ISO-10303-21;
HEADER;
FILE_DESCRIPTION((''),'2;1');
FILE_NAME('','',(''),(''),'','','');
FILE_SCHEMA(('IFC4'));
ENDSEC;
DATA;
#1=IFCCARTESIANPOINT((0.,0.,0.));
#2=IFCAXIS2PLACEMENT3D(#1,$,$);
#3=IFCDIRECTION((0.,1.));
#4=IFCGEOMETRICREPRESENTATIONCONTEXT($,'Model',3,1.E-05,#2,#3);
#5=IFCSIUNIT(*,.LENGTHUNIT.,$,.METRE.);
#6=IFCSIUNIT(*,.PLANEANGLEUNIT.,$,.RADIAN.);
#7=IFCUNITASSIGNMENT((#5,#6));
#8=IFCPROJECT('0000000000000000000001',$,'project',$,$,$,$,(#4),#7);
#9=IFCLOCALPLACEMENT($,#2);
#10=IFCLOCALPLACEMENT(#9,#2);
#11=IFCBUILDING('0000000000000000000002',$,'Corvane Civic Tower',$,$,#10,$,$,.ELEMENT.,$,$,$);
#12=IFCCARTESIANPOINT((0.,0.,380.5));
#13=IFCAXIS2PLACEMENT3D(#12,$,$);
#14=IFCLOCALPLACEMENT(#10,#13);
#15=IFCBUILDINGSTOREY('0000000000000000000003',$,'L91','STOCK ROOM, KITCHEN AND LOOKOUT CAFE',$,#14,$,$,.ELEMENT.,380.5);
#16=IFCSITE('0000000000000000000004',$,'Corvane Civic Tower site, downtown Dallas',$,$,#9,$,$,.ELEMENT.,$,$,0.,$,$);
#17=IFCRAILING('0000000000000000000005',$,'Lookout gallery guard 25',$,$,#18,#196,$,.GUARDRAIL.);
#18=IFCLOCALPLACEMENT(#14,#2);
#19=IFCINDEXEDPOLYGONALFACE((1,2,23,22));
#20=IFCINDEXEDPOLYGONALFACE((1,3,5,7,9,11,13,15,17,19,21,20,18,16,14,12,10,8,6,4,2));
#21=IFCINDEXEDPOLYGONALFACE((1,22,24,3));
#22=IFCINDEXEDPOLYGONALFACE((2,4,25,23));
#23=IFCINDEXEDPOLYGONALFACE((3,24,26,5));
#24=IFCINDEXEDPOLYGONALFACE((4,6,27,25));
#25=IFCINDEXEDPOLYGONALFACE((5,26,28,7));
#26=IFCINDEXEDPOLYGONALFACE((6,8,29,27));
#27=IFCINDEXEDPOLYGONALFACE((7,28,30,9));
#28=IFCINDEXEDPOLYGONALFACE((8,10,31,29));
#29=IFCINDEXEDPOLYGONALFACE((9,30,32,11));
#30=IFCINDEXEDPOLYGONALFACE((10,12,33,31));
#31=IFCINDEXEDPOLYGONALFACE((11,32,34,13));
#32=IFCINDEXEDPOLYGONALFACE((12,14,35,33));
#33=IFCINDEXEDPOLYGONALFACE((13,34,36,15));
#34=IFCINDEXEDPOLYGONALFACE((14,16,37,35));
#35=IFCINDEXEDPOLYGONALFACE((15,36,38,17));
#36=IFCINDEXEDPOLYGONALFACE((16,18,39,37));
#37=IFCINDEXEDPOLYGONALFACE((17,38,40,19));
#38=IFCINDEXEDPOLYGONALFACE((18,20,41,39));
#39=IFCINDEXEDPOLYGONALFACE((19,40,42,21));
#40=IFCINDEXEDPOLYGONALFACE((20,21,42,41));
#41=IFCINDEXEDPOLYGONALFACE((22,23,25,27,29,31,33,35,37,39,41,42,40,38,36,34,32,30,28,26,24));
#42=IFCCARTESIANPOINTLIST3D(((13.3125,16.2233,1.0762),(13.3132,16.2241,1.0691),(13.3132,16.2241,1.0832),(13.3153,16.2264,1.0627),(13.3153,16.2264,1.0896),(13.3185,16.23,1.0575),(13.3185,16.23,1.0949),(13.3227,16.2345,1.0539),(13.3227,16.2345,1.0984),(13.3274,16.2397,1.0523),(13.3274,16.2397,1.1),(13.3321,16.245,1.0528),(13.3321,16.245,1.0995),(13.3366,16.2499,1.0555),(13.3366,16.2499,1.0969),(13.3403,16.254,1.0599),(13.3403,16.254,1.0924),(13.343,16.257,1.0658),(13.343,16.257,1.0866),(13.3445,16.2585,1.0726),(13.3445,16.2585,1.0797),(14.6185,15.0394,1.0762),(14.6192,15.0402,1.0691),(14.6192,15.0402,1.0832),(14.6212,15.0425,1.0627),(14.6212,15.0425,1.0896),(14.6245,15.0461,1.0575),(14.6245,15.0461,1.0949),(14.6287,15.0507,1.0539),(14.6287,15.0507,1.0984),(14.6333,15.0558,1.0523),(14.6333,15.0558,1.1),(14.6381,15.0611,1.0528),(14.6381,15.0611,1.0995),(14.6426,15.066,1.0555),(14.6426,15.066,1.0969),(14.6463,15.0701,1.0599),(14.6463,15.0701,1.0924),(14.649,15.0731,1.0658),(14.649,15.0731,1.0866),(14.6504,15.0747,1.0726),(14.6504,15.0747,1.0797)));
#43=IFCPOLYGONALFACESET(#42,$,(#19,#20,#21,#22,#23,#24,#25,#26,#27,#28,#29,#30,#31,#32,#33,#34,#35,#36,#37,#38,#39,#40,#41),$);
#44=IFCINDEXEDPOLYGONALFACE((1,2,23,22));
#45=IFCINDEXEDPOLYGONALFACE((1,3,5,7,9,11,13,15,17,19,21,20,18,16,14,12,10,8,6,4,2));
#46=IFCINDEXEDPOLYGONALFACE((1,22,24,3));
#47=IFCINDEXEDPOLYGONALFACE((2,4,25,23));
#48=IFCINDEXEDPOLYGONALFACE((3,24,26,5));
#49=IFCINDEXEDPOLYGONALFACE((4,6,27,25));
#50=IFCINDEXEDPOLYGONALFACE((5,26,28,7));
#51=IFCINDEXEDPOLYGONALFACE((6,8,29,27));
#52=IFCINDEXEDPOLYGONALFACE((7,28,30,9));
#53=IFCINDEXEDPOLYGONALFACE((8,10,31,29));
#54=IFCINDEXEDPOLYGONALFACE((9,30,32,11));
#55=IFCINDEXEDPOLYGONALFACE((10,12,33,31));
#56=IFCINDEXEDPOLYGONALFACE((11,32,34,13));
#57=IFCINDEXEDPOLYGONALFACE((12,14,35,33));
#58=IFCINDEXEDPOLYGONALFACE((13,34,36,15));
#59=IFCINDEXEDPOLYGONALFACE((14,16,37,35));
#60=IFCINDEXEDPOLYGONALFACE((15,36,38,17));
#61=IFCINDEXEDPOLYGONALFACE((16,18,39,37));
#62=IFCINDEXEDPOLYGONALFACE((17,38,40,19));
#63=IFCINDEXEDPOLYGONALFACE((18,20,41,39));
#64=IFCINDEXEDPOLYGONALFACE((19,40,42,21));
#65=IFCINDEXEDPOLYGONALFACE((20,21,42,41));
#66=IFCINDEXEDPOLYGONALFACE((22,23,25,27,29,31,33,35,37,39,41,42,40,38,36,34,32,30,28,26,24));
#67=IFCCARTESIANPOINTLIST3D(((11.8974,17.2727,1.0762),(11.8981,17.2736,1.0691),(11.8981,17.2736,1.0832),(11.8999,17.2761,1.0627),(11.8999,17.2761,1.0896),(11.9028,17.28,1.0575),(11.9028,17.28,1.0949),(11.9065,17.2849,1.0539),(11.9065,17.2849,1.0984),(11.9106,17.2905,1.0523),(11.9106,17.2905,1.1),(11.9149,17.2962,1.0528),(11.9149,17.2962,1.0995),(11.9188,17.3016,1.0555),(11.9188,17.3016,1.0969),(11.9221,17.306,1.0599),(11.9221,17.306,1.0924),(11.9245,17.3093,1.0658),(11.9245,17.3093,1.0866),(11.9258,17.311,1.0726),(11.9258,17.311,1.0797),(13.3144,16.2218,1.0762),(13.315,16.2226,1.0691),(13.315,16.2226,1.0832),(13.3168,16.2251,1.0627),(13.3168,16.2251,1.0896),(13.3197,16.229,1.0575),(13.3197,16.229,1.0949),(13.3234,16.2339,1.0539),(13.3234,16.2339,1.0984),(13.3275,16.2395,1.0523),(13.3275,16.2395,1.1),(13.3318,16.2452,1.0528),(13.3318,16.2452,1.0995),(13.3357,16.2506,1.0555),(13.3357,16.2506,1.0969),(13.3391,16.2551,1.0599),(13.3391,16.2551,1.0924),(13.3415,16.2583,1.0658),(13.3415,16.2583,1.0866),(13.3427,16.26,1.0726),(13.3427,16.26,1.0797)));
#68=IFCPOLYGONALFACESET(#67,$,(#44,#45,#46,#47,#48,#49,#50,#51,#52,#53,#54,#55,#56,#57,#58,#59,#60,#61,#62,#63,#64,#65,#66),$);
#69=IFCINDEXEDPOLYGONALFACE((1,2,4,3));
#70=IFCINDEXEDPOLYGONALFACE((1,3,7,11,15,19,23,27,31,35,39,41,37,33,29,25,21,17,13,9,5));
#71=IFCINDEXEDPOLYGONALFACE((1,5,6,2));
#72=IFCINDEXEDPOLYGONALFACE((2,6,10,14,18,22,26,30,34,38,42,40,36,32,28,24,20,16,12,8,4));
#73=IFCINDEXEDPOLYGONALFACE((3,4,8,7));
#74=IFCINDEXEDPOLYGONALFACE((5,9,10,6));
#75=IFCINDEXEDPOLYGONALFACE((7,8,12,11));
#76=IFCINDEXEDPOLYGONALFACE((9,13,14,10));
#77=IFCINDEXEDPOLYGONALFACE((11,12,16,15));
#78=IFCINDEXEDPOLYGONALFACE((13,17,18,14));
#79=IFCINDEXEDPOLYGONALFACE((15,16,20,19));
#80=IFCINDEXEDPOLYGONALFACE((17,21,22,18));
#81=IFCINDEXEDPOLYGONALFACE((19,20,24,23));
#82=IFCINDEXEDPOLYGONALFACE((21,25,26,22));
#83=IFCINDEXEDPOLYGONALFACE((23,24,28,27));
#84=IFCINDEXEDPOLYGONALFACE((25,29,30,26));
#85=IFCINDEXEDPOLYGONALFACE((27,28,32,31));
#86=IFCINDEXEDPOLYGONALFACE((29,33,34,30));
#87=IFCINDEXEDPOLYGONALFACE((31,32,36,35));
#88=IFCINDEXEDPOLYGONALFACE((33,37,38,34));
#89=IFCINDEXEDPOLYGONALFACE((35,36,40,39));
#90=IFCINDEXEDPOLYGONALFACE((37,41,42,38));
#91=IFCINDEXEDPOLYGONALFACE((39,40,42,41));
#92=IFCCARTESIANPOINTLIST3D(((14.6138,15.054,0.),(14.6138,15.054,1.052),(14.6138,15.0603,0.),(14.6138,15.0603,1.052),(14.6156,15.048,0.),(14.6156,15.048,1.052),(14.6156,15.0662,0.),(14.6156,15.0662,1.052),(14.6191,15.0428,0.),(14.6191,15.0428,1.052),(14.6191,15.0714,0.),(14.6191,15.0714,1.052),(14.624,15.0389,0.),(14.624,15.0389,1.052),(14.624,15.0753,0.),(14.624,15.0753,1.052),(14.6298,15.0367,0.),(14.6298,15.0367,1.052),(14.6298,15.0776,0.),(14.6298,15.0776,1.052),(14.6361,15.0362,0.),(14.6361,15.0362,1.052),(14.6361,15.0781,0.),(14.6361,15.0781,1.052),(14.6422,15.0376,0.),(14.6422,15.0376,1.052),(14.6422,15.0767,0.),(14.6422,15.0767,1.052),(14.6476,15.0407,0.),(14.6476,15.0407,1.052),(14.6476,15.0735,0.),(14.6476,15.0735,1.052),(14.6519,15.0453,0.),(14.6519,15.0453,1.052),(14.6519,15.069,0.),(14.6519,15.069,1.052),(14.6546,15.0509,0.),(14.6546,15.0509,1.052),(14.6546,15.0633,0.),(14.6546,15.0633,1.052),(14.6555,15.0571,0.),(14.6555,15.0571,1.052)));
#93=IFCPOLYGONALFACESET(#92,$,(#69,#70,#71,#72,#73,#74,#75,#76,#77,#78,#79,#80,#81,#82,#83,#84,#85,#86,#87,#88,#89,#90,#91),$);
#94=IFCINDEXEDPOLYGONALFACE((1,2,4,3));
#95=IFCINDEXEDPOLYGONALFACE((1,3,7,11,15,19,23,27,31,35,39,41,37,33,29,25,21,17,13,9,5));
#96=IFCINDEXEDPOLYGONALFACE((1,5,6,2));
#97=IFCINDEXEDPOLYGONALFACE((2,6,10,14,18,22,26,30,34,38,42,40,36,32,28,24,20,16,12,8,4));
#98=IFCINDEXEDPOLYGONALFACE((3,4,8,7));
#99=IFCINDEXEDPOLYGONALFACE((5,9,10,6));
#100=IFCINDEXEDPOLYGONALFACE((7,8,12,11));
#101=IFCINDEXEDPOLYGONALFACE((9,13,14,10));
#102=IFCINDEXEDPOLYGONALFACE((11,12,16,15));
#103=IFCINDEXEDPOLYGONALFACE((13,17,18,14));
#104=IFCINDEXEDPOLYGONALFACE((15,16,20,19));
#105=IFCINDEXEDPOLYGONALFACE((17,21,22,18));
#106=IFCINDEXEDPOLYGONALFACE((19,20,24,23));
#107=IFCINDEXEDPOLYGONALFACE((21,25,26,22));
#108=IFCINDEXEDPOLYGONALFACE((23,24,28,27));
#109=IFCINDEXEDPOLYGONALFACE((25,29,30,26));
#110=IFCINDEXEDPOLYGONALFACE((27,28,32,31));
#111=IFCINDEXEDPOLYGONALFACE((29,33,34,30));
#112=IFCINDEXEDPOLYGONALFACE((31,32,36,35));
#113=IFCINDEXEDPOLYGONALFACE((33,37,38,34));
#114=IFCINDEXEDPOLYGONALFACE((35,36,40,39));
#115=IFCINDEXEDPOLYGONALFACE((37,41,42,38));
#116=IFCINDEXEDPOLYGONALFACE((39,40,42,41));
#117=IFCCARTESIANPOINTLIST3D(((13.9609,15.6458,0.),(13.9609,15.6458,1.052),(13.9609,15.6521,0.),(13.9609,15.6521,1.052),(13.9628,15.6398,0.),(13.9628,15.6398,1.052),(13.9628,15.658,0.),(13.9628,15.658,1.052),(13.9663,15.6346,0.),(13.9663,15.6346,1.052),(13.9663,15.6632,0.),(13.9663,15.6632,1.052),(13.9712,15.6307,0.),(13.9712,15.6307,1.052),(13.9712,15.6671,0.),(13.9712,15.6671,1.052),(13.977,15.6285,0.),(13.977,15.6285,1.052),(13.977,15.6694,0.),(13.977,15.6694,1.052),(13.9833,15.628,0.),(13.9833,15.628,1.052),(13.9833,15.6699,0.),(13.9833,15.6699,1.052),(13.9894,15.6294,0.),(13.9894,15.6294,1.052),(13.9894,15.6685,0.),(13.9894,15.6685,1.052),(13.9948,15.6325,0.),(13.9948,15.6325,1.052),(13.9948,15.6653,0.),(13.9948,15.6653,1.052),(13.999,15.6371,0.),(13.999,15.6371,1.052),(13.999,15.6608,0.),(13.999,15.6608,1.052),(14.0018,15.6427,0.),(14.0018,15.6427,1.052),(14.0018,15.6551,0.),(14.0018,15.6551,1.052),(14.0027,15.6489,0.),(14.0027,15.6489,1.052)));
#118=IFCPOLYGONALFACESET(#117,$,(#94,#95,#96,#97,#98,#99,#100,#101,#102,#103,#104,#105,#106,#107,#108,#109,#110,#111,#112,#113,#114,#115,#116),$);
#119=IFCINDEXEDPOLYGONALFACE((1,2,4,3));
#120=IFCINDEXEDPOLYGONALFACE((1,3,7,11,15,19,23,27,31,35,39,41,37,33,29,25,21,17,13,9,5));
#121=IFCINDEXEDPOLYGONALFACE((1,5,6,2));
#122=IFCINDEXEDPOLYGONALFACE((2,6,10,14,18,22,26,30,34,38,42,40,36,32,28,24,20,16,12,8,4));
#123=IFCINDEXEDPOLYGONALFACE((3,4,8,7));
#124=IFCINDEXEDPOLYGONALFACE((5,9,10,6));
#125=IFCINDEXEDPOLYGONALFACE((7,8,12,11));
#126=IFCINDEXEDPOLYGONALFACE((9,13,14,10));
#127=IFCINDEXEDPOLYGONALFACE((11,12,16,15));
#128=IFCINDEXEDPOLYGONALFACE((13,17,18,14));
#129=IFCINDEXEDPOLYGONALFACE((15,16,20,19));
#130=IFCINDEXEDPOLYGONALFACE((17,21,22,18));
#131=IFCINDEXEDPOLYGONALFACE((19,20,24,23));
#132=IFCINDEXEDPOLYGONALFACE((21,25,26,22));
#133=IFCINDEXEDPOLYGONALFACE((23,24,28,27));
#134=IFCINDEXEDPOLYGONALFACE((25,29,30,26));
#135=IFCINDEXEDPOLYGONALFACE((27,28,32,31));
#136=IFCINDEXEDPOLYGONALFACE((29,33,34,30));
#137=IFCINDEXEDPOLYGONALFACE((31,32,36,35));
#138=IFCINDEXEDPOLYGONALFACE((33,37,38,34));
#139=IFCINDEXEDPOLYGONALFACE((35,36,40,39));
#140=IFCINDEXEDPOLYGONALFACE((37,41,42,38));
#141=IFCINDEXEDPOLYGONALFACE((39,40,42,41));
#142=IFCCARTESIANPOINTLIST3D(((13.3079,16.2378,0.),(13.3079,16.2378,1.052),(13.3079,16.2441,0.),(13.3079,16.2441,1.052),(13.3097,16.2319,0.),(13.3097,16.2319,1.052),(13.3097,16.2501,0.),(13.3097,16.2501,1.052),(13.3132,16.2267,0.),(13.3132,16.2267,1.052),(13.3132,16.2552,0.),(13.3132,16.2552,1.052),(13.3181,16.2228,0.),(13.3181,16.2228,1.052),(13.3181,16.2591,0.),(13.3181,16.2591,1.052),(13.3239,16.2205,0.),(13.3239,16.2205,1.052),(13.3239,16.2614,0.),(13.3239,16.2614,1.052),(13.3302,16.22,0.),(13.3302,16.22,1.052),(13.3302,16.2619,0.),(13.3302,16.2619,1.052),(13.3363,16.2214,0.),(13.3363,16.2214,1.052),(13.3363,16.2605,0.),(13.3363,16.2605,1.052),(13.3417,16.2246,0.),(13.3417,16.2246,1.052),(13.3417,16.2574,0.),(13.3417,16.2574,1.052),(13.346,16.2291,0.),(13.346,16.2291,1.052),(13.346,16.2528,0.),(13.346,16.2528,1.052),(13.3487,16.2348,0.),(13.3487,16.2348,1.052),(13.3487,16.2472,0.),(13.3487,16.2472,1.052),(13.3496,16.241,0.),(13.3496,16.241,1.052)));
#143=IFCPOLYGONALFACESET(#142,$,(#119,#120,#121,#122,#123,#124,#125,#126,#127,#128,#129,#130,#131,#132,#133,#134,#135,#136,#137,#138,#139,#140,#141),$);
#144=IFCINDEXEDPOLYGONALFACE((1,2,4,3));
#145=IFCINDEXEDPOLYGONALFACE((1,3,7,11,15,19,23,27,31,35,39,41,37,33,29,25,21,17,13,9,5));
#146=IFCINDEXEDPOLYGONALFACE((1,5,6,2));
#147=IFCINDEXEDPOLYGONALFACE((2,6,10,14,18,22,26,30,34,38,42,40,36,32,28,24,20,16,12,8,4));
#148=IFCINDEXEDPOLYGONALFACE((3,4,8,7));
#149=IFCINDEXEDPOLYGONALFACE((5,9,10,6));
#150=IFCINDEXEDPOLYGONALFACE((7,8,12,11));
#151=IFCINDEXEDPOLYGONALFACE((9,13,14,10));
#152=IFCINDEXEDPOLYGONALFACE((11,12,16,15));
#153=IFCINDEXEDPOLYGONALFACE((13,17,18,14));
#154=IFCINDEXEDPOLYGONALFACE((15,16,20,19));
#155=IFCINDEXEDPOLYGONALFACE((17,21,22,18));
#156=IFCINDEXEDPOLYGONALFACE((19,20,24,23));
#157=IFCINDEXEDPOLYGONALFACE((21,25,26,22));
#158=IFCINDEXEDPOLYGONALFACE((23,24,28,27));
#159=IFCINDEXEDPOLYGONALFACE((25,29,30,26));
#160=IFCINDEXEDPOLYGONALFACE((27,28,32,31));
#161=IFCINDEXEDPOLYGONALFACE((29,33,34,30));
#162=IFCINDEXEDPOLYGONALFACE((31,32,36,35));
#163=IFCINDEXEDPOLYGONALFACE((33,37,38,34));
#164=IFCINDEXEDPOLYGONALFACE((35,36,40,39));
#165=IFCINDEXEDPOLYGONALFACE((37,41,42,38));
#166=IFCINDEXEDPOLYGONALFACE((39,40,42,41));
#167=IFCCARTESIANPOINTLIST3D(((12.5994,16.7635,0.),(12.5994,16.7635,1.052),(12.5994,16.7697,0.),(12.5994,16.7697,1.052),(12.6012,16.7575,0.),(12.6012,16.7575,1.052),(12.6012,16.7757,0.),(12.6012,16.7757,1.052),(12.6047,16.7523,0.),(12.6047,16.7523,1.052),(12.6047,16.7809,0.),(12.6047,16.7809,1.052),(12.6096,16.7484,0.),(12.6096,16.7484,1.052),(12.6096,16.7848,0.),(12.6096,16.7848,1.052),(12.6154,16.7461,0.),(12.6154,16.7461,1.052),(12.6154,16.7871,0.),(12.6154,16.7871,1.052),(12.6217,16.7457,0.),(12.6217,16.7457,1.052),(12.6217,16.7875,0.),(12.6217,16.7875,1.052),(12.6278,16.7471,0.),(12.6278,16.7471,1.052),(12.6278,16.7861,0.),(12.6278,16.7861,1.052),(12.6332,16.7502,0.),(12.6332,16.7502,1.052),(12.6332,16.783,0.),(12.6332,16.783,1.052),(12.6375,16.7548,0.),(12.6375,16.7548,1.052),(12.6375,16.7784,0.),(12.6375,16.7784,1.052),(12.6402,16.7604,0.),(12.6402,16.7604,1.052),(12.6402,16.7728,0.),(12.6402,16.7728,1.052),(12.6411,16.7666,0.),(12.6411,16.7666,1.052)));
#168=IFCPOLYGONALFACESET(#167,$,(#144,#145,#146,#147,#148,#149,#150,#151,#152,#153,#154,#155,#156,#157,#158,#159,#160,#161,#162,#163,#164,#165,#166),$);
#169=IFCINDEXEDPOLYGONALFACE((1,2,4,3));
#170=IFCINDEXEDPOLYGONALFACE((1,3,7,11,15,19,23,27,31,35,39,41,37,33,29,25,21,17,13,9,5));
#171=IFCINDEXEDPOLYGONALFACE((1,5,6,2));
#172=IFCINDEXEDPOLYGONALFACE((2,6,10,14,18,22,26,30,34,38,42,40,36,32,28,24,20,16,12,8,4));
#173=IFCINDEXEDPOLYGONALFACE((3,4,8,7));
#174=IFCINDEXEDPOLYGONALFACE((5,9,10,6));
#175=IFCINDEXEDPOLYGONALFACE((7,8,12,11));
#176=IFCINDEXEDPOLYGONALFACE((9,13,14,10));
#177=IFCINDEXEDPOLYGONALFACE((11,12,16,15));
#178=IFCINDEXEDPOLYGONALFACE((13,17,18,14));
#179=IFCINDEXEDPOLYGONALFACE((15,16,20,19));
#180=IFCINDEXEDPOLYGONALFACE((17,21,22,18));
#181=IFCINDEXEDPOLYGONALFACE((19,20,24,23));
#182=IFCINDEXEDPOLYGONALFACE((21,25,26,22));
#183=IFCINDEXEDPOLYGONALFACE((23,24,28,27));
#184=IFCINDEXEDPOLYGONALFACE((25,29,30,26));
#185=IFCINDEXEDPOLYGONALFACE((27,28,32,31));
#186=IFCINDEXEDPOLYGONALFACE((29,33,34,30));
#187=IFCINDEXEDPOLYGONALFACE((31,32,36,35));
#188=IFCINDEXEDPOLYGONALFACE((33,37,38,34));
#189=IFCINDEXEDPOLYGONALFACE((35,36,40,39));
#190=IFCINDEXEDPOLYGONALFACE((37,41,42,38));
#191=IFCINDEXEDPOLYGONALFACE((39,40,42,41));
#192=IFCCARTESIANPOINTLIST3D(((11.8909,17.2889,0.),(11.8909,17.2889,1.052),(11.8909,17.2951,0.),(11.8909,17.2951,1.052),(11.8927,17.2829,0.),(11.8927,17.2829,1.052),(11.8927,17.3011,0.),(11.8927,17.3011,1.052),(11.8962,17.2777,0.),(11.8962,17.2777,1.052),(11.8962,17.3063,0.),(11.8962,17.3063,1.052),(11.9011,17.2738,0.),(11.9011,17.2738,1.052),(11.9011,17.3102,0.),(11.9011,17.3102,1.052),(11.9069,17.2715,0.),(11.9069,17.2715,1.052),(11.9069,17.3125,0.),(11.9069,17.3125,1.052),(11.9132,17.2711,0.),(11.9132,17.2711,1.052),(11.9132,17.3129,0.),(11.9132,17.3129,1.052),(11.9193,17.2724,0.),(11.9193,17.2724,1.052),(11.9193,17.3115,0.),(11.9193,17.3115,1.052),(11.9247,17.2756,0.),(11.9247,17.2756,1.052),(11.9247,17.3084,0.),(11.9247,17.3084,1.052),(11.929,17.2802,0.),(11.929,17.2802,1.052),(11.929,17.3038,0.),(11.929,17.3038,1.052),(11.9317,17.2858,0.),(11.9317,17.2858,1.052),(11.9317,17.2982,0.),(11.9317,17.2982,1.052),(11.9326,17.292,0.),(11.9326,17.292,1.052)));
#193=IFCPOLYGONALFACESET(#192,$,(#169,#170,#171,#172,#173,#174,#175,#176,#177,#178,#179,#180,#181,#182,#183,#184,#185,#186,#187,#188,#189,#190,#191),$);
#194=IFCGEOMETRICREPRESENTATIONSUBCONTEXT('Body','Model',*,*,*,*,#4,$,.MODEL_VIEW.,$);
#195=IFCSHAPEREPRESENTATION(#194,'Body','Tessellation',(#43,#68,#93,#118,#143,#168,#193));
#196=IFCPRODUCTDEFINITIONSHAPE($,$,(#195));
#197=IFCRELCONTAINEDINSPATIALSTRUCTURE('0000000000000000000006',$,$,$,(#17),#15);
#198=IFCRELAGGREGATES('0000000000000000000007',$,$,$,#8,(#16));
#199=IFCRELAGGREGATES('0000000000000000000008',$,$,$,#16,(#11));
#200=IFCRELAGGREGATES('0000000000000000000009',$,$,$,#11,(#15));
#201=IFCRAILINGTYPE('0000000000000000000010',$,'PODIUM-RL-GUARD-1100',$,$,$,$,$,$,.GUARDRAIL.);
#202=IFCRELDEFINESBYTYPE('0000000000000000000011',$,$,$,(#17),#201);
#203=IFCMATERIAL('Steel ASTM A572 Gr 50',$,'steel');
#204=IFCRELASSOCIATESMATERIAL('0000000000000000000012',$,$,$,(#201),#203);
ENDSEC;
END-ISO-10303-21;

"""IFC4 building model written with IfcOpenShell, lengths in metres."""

from ifc_helpers import new_model, si_unit, direction, frame, origin, origin_2d, place, context, subcontext, project, spatial, circle, extrude, material, type_object, element, save


model = new_model("IFC4")

# Units and contexts
model_context = context("Model", 3, precision=1e-05, world=origin(), true_north=direction((0.0, 1.0)))
body_context = subcontext(model_context, "Body", "Model", "MODEL_VIEW")
ifc_project = project(units=[si_unit("LENGTHUNIT", "METRE"), si_unit("PLANEANGLEUNIT", "RADIAN")], contexts=[model_context])

# Site, building, storey
site_placement = place(None, origin())
site = spatial("IfcSite", under=ifc_project, at=site_placement, Name="Corvane Civic Tower site, downtown Dallas", CompositionType="ELEMENT", RefElevation=0.0)
building_placement = place(site_placement, origin())
building = spatial("IfcBuilding", under=site, at=building_placement, Name="Corvane Civic Tower", CompositionType="ELEMENT")
storey_placement = place(building_placement, frame((0.0, 0.0, 380.5)))
storey = spatial("IfcBuildingStorey", under=building, at=storey_placement, Name="L91", Description="STOCK ROOM, KITCHEN AND LOOKOUT CAFE", CompositionType="ELEMENT", Elevation=380.5)

# Railing
ifc_material_1 = material(Name="Steel ASTM A572 Gr 50", Category="steel")
railing_type = type_object("IfcRailingType", Name="PODIUM-RL-GUARD-1100", PredefinedType="GUARDRAIL", material=ifc_material_1)
railing_1_placement = place(storey_placement, frame((14.6345, 15.0571, 0.0)))
element("IfcRailing", 1, at=railing_1_placement, inside=storey, type_object=railing_type, Name="Lookout gallery guard 25", PredefinedType="GUARDRAIL", context=body_context, shape_type="SweptSolid", body=[
    extrude(circle(Radius=0.0239, at=origin_2d()), frame((0.0, 0.0, 1.0762), z_axis=(-0.740886, 0.671631, 0.0), x_axis=(-0.671631, -0.740886, 0.0)), (0.0, 0.0, 1.0), 1.7627),
    extrude(circle(Radius=0.0239, at=origin_2d()), frame((-1.3059, 1.1838, 1.0762), z_axis=(-0.803177, 0.59574, 0.0), x_axis=(-0.59574, -0.803177, 0.0)), (0.0, 0.0, 1.0), 1.7642),
    extrude(circle(Radius=0.021, at=origin_2d()), origin(), (0.0, 0.0, 1.0), 1.052),
    extrude(circle(Radius=0.021, at=origin_2d()), frame((-0.6528, 0.5918, 0.0)), (0.0, 0.0, 1.0), 1.052),
    extrude(circle(Radius=0.021, at=origin_2d()), frame((-1.3059, 1.1838, 0.0)), (0.0, 0.0, 1.0), 1.052),
    extrude(circle(Radius=0.021, at=origin_2d()), frame((-2.0144, 1.7095, 0.0)), (0.0, 0.0, 1.0), 1.052),
    extrude(circle(Radius=0.021, at=origin_2d()), frame((-2.7229, 2.2349, 0.0)), (0.0, 0.0, 1.0), 1.052),
])

save(model, "model.ifc")
